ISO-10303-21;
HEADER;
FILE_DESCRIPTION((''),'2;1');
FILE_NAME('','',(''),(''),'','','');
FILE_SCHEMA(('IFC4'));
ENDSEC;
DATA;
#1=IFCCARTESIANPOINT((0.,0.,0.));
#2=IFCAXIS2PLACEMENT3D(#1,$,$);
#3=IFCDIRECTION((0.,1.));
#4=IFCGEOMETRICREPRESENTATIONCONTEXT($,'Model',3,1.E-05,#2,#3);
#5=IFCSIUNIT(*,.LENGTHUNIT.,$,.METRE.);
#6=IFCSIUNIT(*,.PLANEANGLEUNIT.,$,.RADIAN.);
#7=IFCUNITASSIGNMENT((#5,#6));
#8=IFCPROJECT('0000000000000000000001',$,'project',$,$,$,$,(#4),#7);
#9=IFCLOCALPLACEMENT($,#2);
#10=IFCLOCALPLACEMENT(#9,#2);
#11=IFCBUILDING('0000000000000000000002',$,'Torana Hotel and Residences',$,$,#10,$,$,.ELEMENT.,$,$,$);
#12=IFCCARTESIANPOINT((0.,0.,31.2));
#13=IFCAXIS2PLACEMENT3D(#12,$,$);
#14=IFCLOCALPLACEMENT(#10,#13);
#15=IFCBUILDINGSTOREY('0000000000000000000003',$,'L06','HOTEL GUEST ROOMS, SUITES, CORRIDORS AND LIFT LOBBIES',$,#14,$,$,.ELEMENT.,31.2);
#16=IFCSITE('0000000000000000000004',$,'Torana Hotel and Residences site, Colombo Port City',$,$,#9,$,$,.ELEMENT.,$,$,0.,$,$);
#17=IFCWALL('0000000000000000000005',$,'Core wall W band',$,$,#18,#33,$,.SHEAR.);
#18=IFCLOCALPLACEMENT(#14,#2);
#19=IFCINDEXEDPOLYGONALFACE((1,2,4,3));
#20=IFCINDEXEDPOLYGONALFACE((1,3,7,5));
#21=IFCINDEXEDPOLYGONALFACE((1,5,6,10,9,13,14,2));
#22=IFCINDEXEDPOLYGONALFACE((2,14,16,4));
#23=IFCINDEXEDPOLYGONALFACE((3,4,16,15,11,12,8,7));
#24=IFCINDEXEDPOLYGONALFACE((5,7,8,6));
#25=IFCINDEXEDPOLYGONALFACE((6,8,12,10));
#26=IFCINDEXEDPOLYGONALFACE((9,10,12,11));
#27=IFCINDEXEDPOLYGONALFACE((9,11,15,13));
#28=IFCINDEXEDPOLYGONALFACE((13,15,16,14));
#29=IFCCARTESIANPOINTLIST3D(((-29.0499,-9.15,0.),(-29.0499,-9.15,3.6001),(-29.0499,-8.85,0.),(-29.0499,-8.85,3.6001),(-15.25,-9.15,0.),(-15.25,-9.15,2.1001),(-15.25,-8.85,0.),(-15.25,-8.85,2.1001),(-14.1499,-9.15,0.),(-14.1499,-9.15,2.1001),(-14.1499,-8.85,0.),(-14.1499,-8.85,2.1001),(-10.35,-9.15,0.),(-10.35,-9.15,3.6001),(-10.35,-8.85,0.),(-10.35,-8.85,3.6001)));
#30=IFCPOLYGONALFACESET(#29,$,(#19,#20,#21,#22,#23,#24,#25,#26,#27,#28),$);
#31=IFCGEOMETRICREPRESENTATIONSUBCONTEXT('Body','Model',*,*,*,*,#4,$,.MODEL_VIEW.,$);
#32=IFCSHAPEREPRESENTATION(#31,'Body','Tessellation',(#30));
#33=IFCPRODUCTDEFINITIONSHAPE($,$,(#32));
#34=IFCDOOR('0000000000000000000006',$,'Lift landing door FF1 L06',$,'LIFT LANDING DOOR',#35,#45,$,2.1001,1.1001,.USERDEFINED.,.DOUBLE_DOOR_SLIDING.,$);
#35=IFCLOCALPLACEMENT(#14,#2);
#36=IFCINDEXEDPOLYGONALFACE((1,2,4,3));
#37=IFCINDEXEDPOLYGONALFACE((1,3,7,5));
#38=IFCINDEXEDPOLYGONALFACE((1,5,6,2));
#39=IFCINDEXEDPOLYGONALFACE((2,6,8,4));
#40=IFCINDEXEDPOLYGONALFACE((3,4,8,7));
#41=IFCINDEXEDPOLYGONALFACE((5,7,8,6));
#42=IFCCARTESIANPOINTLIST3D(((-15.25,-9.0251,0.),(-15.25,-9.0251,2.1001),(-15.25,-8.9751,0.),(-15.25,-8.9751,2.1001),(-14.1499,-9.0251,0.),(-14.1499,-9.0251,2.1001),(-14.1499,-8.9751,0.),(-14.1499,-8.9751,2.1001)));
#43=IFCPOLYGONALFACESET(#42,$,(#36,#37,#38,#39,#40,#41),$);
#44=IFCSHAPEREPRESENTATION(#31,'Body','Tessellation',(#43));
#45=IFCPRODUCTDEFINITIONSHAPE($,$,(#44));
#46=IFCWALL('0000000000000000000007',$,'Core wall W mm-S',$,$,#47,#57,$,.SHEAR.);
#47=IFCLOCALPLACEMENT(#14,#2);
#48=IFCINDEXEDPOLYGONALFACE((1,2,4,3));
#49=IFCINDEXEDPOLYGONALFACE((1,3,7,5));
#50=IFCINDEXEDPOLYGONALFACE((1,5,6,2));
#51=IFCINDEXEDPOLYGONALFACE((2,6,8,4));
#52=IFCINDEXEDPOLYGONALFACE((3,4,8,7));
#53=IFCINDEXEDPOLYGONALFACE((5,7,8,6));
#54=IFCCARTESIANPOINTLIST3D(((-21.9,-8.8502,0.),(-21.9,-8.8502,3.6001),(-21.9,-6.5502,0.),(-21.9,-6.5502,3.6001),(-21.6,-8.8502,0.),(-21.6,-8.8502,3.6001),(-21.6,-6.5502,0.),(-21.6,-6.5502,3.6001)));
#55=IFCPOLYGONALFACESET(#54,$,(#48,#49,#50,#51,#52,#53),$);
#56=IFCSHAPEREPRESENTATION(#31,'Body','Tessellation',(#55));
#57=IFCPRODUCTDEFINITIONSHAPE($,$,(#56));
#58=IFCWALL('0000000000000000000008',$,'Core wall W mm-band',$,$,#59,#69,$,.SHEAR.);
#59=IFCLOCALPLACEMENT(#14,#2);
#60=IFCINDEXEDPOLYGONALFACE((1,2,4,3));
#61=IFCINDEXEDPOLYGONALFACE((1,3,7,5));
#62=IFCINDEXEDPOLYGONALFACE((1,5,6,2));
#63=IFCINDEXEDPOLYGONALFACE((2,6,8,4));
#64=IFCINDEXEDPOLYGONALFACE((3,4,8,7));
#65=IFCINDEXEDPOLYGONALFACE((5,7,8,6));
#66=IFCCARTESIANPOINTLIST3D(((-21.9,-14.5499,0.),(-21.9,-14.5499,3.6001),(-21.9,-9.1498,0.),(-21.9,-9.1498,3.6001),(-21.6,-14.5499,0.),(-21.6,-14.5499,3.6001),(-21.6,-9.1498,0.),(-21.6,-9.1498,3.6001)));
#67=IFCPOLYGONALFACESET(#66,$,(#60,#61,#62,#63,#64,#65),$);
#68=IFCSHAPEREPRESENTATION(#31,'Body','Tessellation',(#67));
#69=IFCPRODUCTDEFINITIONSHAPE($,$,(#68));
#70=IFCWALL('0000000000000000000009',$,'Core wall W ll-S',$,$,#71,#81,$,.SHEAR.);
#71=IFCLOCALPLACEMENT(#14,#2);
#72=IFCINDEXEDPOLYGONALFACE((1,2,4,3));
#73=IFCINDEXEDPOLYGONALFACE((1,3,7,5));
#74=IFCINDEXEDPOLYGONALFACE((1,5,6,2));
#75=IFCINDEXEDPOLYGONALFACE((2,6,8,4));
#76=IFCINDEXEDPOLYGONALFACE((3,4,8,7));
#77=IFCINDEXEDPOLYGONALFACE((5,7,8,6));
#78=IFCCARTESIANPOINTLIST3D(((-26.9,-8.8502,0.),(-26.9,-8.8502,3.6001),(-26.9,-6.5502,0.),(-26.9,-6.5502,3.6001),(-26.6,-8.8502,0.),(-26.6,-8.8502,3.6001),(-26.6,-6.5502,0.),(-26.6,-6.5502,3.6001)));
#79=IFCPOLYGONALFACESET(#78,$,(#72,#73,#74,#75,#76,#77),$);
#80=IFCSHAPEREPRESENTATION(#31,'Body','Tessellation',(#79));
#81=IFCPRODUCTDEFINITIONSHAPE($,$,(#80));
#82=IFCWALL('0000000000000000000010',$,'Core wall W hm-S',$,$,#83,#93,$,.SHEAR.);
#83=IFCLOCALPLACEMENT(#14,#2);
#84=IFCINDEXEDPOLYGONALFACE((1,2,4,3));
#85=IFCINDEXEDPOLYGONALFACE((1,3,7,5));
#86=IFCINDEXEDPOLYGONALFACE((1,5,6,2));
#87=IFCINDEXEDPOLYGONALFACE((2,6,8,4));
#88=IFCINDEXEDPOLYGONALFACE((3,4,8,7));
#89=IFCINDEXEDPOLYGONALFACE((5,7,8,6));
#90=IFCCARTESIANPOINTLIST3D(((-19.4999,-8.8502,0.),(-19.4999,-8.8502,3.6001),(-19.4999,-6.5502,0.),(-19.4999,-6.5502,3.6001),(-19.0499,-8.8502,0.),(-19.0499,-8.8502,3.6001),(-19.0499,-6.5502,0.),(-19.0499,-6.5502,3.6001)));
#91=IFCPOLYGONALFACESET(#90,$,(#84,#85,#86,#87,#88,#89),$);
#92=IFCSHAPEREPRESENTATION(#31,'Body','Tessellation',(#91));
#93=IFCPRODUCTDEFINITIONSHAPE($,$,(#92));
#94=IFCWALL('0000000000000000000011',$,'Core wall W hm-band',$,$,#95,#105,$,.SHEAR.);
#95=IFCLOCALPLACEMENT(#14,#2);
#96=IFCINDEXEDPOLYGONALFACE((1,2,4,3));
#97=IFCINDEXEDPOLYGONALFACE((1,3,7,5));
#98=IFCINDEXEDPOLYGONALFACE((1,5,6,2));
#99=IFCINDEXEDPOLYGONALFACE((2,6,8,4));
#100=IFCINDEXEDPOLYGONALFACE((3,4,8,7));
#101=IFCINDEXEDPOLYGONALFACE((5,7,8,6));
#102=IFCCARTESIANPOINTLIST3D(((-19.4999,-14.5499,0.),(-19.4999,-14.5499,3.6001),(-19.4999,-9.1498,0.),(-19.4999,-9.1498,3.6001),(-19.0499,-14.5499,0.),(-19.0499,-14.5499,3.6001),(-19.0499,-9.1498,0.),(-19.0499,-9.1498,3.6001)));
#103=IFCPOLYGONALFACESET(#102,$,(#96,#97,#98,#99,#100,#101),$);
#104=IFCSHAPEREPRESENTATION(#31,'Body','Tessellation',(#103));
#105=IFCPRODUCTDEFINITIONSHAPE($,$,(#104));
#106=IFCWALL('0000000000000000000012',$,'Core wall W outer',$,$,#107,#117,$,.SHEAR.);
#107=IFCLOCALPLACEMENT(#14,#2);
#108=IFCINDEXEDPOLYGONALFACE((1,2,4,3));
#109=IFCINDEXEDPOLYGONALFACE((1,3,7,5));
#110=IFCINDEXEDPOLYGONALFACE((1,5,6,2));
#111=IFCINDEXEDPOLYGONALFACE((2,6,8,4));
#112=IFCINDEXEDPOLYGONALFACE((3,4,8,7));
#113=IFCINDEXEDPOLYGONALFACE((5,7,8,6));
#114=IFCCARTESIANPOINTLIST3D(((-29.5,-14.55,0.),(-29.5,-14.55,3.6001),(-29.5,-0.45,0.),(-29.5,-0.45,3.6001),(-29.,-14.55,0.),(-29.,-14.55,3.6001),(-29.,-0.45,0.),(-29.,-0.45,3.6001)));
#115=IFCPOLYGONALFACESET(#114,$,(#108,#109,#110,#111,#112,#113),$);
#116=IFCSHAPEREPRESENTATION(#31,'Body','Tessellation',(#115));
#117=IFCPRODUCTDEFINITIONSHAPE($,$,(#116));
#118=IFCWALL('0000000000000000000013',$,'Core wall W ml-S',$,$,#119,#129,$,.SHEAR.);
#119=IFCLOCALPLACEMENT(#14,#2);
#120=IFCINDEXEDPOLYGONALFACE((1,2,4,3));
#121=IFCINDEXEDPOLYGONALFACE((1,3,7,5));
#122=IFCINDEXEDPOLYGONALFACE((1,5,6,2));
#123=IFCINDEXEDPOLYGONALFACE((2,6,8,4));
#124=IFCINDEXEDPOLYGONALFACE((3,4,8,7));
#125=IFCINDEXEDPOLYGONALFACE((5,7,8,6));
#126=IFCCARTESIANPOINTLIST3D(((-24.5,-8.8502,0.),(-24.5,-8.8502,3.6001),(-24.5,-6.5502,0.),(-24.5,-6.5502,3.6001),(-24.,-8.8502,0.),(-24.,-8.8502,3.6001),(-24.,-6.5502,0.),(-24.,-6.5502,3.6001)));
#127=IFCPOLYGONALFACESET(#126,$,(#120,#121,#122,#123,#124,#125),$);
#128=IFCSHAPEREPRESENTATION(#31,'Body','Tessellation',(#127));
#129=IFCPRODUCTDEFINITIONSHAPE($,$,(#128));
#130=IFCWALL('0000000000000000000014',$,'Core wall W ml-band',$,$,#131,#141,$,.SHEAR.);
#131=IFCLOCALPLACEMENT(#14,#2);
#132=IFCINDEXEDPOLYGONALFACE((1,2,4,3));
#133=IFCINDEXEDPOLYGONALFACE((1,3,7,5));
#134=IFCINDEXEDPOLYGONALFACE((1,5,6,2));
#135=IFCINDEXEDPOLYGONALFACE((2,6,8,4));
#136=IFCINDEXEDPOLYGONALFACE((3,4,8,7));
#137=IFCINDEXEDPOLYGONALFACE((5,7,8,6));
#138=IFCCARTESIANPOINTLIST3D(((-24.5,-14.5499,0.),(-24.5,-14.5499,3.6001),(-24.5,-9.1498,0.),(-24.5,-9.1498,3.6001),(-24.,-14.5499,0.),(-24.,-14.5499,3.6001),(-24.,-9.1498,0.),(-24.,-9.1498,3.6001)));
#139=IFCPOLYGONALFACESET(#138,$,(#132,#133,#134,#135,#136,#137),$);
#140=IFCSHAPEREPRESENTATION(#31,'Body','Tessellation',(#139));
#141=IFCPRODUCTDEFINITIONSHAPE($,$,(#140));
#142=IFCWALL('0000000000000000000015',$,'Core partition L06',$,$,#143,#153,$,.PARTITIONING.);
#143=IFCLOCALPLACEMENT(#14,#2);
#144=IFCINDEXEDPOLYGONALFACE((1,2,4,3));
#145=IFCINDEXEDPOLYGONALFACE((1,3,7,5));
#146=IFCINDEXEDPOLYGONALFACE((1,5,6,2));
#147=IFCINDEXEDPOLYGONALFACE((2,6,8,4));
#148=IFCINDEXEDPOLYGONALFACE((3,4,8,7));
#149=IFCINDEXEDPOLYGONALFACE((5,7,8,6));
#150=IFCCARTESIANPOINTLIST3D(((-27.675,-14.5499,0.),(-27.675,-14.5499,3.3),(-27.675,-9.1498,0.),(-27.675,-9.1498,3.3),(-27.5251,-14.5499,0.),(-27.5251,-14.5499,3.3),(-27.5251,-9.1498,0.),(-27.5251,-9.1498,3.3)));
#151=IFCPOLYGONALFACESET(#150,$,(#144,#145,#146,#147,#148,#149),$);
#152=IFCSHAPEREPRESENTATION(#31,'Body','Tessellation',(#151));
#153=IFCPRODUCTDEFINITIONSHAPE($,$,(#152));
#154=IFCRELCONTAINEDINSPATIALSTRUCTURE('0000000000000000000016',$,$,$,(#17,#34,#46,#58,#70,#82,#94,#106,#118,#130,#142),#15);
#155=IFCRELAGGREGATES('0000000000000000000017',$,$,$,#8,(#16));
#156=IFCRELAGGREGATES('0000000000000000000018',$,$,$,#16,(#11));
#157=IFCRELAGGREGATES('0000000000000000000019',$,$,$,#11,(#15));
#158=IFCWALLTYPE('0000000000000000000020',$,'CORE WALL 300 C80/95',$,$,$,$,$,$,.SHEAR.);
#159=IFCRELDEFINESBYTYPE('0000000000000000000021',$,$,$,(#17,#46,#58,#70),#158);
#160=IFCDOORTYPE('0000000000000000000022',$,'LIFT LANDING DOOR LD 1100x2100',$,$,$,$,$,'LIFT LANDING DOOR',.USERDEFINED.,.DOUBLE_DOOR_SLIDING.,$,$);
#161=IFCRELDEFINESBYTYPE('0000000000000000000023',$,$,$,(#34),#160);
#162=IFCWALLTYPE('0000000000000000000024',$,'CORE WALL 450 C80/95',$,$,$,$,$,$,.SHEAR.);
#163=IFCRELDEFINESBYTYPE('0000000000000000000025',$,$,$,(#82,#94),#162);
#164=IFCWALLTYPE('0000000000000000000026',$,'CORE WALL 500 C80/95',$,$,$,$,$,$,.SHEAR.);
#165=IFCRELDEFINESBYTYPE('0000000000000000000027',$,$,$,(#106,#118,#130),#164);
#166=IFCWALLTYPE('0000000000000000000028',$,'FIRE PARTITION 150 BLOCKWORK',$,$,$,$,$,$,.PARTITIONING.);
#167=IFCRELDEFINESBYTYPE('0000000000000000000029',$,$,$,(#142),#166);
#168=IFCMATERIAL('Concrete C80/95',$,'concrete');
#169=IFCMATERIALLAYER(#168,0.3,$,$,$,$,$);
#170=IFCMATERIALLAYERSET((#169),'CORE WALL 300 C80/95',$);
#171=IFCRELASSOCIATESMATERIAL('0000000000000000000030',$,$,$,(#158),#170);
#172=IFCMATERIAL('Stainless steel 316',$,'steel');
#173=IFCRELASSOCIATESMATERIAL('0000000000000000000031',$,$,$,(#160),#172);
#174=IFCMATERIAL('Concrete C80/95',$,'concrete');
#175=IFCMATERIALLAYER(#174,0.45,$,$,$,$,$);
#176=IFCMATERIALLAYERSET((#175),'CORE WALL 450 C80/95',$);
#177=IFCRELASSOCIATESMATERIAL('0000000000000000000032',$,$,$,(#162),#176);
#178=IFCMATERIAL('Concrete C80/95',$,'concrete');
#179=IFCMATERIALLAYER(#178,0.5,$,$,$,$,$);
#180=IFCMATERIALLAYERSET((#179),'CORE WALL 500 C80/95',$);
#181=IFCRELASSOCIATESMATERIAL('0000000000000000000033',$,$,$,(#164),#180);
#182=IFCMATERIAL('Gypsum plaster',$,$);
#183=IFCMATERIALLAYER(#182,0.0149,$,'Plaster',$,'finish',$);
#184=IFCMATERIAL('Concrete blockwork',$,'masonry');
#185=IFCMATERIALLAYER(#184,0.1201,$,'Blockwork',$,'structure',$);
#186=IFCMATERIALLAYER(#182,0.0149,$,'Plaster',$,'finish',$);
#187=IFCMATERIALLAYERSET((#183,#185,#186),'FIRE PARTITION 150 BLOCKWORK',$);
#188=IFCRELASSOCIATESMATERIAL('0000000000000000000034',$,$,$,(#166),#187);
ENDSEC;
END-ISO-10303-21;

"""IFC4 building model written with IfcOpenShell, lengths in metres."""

from ifc_helpers import new_model, si_unit, direction, frame, frame_2d, origin, place, context, subcontext, project, spatial, rectangle, extrude, material, layer, layer_set, type_object, element, fill, save


model = new_model("IFC4")

# Units and contexts
model_context = context("Model", 3, precision=1e-05, world=origin(), true_north=direction((0.0, 1.0)))
body_context = subcontext(model_context, "Body", "Model", "MODEL_VIEW")
ifc_project = project(units=[si_unit("LENGTHUNIT", "METRE"), si_unit("PLANEANGLEUNIT", "RADIAN")], contexts=[model_context])

# Site, building, storey
site_placement = place(None, origin())
site = spatial("IfcSite", under=ifc_project, at=site_placement, Name="Torana Hotel and Residences site, Colombo Port City", CompositionType="ELEMENT", RefElevation=0.0)
building_placement = place(site_placement, origin())
building = spatial("IfcBuilding", under=site, at=building_placement, Name="Torana Hotel and Residences", CompositionType="ELEMENT")
storey_placement = place(building_placement, frame((0.0, 0.0, 31.2)))
storey = spatial("IfcBuildingStorey", under=building, at=storey_placement, Name="L06", Description="HOTEL GUEST ROOMS, SUITES, CORRIDORS AND LIFT LOBBIES", CompositionType="ELEMENT", Elevation=31.2)

# Wall, opening, door
ifc_material_1 = material(Name="Concrete C80/95", Category="concrete")
ifc_layer_1 = layer(ifc_material_1, 0.3)
ifc_layer_set_1 = layer_set([ifc_layer_1], Name="CORE WALL 300 C80/95")
wall_type_1 = type_object("IfcWallType", Name="CORE WALL 300 C80/95", PredefinedType="SHEAR", material=ifc_layer_set_1)
wall_1_placement = place(storey_placement, frame((-29.05, -9.0, 0.0), z_axis=(0.0, 0.0, 1.0), x_axis=(1.0, 0.0, 0.0)))
wall_1 = element("IfcWall", 1, at=wall_1_placement, inside=storey, type_object=wall_type_1, Name="Core wall W band", PredefinedType="SHEAR", context=body_context, shape_type="SweptSolid", body=[
    extrude(rectangle(XDim=18.7, YDim=0.3, at=frame_2d((9.3501, 0.0))), origin(), (0.0, 0.0, 1.0), 3.6001),
])
opening_placement = place(wall_1_placement, frame((13.8, 0.0, 0.0)))
opening = element("IfcOpeningElement", 2, at=opening_placement, cuts=wall_1, PredefinedType="OPENING", context=body_context, shape_type="SweptSolid", body=[
    extrude(rectangle(XDim=1.1001, YDim=2.1001, at=frame_2d((0.55, 1.05))), frame((0.0, 0.1599, 0.0), z_axis=(0.0, -1.0, 0.0), x_axis=(1.0, 0.0, 0.0)), (0.0, 0.0, 1.0), 0.3201),
])
ifc_material_2 = material(Name="Stainless steel 316", Category="steel")
door_type = type_object("IfcDoorType", Name="LIFT LANDING DOOR LD 1100x2100", ElementType="LIFT LANDING DOOR", OperationType="DOUBLE_DOOR_SLIDING", PredefinedType="USERDEFINED", material=ifc_material_2)
door_placement = place(opening_placement, origin())
door = element("IfcDoor", 3, at=door_placement, inside=storey, type_object=door_type, Name="Lift landing door FF1 L06", ObjectType="LIFT LANDING DOOR", OperationType="DOUBLE_DOOR_SLIDING", OverallHeight=2.1001, OverallWidth=1.1001, PredefinedType="USERDEFINED", context=body_context, shape_type="SweptSolid", body=[
    extrude(rectangle(XDim=1.1001, YDim=2.1001, at=frame_2d((0.55, 1.05))), frame((0.0, 0.0249, 0.0), z_axis=(0.0, -1.0, 0.0), x_axis=(1.0, 0.0, 0.0)), (0.0, 0.0, 1.0), 0.05),
])
fill(opening, door)

# Walls
wall_2_placement = place(storey_placement, frame((-21.75, -8.8501, 0.0), z_axis=(0.0, 0.0, 1.0), x_axis=(0.0, 1.0, 0.0)))
element("IfcWall", 4, at=wall_2_placement, inside=storey, type_object=wall_type_1, Name="Core wall W mm-S", PredefinedType="SHEAR", context=body_context, shape_type="SweptSolid", body=[
    extrude(rectangle(XDim=2.3, YDim=0.3, at=frame_2d((1.1499, 0.0))), origin(), (0.0, 0.0, 1.0), 3.6001),
])
wall_3_placement = place(storey_placement, frame((-21.75, -14.55, 0.0), z_axis=(0.0, 0.0, 1.0), x_axis=(0.0, 1.0, 0.0)))
element("IfcWall", 5, at=wall_3_placement, inside=storey, type_object=wall_type_1, Name="Core wall W mm-band", PredefinedType="SHEAR", context=body_context, shape_type="SweptSolid", body=[
    extrude(rectangle(XDim=5.4001, YDim=0.3, at=frame_2d((2.7002, 0.0))), origin(), (0.0, 0.0, 1.0), 3.6001),
])
wall_4_placement = place(storey_placement, frame((-26.75, -8.8501, 0.0), z_axis=(0.0, 0.0, 1.0), x_axis=(0.0, 1.0, 0.0)))
element("IfcWall", 6, at=wall_4_placement, inside=storey, type_object=wall_type_1, Name="Core wall W ll-S", PredefinedType="SHEAR", context=body_context, shape_type="SweptSolid", body=[
    extrude(rectangle(XDim=2.3, YDim=0.3, at=frame_2d((1.1499, 0.0))), origin(), (0.0, 0.0, 1.0), 3.6001),
])
ifc_material_3 = material(Name="Concrete C80/95", Category="concrete")
ifc_layer_2 = layer(ifc_material_3, 0.45)
ifc_layer_set_2 = layer_set([ifc_layer_2], Name="CORE WALL 450 C80/95")
wall_type_2 = type_object("IfcWallType", Name="CORE WALL 450 C80/95", PredefinedType="SHEAR", material=ifc_layer_set_2)
wall_5_placement = place(storey_placement, frame((-19.2749, -8.8501, 0.0), z_axis=(0.0, 0.0, 1.0), x_axis=(0.0, 1.0, 0.0)))
element("IfcWall", 7, at=wall_5_placement, inside=storey, type_object=wall_type_2, Name="Core wall W hm-S", PredefinedType="SHEAR", context=body_context, shape_type="SweptSolid", body=[
    extrude(rectangle(XDim=2.3, YDim=0.45, at=frame_2d((1.1499, 0.0))), origin(), (0.0, 0.0, 1.0), 3.6001),
])
wall_6_placement = place(storey_placement, frame((-19.2749, -14.55, 0.0), z_axis=(0.0, 0.0, 1.0), x_axis=(0.0, 1.0, 0.0)))
element("IfcWall", 8, at=wall_6_placement, inside=storey, type_object=wall_type_2, Name="Core wall W hm-band", PredefinedType="SHEAR", context=body_context, shape_type="SweptSolid", body=[
    extrude(rectangle(XDim=5.4001, YDim=0.45, at=frame_2d((2.7002, 0.0))), origin(), (0.0, 0.0, 1.0), 3.6001),
])
ifc_material_4 = material(Name="Concrete C80/95", Category="concrete")
ifc_layer_3 = layer(ifc_material_4, 0.5)
ifc_layer_set_3 = layer_set([ifc_layer_3], Name="CORE WALL 500 C80/95")
wall_type_3 = type_object("IfcWallType", Name="CORE WALL 500 C80/95", PredefinedType="SHEAR", material=ifc_layer_set_3)
wall_7_placement = place(storey_placement, frame((-29.25, -14.55, 0.0), z_axis=(0.0, 0.0, 1.0), x_axis=(0.0, 1.0, 0.0)))
element("IfcWall", 9, at=wall_7_placement, inside=storey, type_object=wall_type_3, Name="Core wall W outer", PredefinedType="SHEAR", context=body_context, shape_type="SweptSolid", body=[
    extrude(rectangle(XDim=14.1001, YDim=0.5, at=frame_2d((7.05, 0.0))), origin(), (0.0, 0.0, 1.0), 3.6001),
])
wall_8_placement = place(storey_placement, frame((-24.25, -8.8501, 0.0), z_axis=(0.0, 0.0, 1.0), x_axis=(0.0, 1.0, 0.0)))
element("IfcWall", 10, at=wall_8_placement, inside=storey, type_object=wall_type_3, Name="Core wall W ml-S", PredefinedType="SHEAR", context=body_context, shape_type="SweptSolid", body=[
    extrude(rectangle(XDim=2.3, YDim=0.5, at=frame_2d((1.1499, 0.0))), origin(), (0.0, 0.0, 1.0), 3.6001),
])
wall_9_placement = place(storey_placement, frame((-24.25, -14.55, 0.0), z_axis=(0.0, 0.0, 1.0), x_axis=(0.0, 1.0, 0.0)))
element("IfcWall", 11, at=wall_9_placement, inside=storey, type_object=wall_type_3, Name="Core wall W ml-band", PredefinedType="SHEAR", context=body_context, shape_type="SweptSolid", body=[
    extrude(rectangle(XDim=5.4001, YDim=0.5, at=frame_2d((2.7002, 0.0))), origin(), (0.0, 0.0, 1.0), 3.6001),
])
ifc_material_5 = material(Name="Gypsum plaster")
ifc_layer_4 = layer(ifc_material_5, 0.0149, Name="Plaster", Category="finish")
ifc_material_6 = material(Name="Concrete blockwork", Category="masonry")
ifc_layer_5 = layer(ifc_material_6, 0.1201, Name="Blockwork", Category="structure")
ifc_layer_6 = layer(ifc_material_5, 0.0149, Name="Plaster", Category="finish")
ifc_layer_set_4 = layer_set([ifc_layer_4, ifc_layer_5, ifc_layer_6], Name="FIRE PARTITION 150 BLOCKWORK")
wall_type_4 = type_object("IfcWallType", Name="FIRE PARTITION 150 BLOCKWORK", PredefinedType="PARTITIONING", material=ifc_layer_set_4)
wall_10_placement = place(storey_placement, frame((-27.6001, -14.55, 0.0), z_axis=(0.0, 0.0, 1.0), x_axis=(0.0, 1.0, 0.0)))
element("IfcWall", 12, at=wall_10_placement, inside=storey, type_object=wall_type_4, Name="Core partition L06", PredefinedType="PARTITIONING", context=body_context, shape_type="SweptSolid", body=[
    extrude(rectangle(XDim=5.4001, YDim=0.1499, at=frame_2d((2.7002, 0.0))), origin(), (0.0, 0.0, 1.0), 3.3),
])

save(model, "model.ifc")
